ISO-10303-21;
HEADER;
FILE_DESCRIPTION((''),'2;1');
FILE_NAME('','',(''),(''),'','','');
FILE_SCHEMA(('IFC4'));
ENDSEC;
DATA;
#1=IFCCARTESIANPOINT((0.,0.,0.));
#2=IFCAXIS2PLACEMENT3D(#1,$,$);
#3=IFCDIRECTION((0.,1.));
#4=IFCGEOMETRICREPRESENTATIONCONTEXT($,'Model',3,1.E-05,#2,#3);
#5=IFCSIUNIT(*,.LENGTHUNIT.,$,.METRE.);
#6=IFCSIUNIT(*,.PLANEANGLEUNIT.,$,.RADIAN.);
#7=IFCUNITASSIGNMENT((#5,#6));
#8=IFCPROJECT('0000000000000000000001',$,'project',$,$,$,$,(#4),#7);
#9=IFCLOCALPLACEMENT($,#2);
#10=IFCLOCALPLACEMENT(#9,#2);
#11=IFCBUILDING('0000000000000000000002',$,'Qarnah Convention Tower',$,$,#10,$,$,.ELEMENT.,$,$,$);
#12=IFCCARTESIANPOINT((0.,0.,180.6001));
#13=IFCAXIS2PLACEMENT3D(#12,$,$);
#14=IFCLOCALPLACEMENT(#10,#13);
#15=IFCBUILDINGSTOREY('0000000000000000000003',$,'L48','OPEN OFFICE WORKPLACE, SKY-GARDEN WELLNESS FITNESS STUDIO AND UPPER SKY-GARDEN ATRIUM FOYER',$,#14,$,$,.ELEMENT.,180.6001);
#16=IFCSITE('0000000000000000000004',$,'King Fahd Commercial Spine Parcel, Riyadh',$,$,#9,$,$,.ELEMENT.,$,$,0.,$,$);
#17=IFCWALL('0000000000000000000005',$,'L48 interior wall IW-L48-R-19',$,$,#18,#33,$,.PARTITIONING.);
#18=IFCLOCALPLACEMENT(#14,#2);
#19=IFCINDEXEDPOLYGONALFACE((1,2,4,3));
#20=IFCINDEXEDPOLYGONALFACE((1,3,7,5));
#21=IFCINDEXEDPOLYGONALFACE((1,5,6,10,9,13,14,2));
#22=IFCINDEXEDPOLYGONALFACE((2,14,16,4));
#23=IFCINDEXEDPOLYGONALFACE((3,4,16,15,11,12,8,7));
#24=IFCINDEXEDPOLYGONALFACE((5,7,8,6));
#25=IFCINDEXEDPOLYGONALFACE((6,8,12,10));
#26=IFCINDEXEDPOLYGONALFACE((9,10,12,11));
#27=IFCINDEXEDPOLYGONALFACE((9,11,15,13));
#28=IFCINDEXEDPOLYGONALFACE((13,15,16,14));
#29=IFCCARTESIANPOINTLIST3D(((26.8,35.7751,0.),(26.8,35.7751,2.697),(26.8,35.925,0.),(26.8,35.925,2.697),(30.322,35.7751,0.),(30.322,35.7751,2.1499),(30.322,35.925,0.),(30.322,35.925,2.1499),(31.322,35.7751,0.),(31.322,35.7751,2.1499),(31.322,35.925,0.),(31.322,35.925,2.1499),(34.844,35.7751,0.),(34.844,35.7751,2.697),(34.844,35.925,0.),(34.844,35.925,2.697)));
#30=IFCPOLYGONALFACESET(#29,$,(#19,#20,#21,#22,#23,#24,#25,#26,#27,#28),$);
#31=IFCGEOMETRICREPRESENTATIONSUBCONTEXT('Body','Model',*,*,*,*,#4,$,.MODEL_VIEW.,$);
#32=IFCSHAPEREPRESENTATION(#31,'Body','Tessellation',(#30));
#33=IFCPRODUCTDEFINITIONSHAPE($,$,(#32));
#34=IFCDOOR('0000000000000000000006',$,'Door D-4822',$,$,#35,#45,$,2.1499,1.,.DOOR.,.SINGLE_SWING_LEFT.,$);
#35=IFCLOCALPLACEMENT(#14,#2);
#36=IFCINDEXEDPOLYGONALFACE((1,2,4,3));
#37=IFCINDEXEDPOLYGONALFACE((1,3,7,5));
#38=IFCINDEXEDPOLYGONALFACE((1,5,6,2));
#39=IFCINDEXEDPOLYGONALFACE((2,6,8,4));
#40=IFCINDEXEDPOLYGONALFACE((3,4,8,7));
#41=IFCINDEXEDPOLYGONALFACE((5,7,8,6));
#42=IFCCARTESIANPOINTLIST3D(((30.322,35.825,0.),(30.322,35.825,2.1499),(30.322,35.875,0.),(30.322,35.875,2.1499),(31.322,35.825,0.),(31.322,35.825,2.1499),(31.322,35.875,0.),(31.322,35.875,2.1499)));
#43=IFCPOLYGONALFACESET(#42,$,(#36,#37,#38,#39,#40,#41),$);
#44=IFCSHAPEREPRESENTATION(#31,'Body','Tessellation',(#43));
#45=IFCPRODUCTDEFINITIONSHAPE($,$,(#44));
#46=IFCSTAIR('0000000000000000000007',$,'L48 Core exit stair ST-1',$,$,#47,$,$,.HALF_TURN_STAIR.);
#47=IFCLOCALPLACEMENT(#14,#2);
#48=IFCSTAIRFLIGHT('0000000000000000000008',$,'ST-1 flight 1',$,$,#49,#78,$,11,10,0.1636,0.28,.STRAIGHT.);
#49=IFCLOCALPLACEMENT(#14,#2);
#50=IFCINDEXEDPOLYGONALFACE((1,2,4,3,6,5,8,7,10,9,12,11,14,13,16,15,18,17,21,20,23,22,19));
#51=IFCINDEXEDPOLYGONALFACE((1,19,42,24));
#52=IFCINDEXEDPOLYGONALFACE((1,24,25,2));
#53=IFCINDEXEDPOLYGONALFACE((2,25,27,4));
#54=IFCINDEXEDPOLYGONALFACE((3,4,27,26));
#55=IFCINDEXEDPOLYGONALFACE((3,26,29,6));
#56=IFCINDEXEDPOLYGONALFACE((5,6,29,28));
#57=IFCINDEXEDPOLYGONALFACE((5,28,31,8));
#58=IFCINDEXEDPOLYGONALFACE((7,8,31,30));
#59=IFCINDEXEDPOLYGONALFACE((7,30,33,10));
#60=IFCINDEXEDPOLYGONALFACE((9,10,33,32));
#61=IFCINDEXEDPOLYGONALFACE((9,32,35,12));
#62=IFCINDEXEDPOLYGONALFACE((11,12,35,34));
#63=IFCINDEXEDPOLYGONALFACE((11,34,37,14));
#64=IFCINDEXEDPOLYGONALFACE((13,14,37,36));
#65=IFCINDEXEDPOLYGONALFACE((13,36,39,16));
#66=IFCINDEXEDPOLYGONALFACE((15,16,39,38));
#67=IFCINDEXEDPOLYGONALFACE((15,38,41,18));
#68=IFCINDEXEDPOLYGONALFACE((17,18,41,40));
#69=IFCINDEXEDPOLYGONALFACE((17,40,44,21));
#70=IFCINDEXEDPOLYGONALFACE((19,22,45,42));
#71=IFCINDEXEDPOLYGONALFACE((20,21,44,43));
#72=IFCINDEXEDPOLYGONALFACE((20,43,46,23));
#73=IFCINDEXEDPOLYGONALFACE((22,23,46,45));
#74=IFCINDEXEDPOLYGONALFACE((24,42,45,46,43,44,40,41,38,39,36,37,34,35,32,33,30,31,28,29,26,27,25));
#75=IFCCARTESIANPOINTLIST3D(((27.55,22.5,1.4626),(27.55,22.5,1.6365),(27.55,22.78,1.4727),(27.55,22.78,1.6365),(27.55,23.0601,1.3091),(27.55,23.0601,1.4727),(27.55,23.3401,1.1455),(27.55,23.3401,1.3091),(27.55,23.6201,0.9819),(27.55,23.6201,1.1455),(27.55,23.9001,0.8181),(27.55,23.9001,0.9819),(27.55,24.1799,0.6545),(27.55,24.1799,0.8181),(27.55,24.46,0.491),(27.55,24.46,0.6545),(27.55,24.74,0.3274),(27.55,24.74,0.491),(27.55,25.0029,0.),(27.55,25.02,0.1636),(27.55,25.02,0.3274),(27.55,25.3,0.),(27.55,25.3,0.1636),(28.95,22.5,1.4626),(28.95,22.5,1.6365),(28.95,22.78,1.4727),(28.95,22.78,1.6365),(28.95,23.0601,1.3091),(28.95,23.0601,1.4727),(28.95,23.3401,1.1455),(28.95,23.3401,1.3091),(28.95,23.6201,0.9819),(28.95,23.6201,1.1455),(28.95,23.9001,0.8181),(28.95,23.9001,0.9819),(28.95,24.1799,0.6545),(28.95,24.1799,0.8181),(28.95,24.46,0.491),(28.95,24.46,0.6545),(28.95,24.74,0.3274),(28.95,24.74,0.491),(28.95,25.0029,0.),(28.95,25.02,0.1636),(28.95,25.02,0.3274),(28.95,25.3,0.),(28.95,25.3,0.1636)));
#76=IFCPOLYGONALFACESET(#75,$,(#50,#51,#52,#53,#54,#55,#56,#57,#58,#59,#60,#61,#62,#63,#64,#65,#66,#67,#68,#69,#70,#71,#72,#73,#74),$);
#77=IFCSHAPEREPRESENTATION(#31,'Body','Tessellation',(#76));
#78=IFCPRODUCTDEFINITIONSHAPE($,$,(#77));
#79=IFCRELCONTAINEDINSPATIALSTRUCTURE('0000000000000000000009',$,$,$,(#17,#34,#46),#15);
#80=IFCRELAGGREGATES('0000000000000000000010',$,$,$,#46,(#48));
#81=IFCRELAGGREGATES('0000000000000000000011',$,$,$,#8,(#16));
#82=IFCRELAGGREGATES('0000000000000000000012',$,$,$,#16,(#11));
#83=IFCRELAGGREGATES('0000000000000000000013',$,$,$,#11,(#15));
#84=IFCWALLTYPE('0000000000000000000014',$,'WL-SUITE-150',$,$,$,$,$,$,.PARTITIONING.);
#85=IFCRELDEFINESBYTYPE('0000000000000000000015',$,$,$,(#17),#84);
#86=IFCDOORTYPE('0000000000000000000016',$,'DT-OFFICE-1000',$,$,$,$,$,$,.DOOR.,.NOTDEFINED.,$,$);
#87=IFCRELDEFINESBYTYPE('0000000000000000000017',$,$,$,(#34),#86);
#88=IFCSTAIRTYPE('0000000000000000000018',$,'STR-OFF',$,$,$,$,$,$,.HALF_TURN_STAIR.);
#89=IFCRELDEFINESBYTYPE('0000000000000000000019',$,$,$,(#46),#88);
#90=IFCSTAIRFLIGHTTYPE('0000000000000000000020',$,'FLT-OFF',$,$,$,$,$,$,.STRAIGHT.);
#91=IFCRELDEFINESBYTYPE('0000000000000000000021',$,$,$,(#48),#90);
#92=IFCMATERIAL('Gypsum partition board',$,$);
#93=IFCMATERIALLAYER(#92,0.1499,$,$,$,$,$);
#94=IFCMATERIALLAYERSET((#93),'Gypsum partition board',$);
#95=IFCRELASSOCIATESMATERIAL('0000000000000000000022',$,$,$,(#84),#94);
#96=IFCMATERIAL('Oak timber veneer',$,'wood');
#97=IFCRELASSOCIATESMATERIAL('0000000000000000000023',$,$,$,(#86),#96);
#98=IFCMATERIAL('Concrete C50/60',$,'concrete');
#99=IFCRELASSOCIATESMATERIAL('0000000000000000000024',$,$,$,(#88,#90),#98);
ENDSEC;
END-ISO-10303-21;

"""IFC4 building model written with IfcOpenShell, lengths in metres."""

from ifc_helpers import new_model, si_unit, direction, frame, frame_2d, origin, place, context, subcontext, project, spatial, polyline, rectangle, outline, extrude, material, layer, layer_set, type_object, element, fill, aggregate, save


model = new_model("IFC4")

# Units and contexts
model_context = context("Model", 3, precision=1e-05, world=origin(), true_north=direction((0.0, 1.0)))
body_context = subcontext(model_context, "Body", "Model", "MODEL_VIEW")
ifc_project = project(units=[si_unit("LENGTHUNIT", "METRE"), si_unit("PLANEANGLEUNIT", "RADIAN")], contexts=[model_context])

# Site, building, storey
site_placement = place(None, origin())
site = spatial("IfcSite", under=ifc_project, at=site_placement, Name="King Fahd Commercial Spine Parcel, Riyadh", CompositionType="ELEMENT", RefElevation=0.0)
building_placement = place(site_placement, origin())
building = spatial("IfcBuilding", under=site, at=building_placement, Name="Qarnah Convention Tower", CompositionType="ELEMENT")
storey_placement = place(building_placement, frame((0.0, 0.0, 180.6001)))
storey = spatial("IfcBuildingStorey", under=building, at=storey_placement, Name="L48", Description="OPEN OFFICE WORKPLACE, SKY-GARDEN WELLNESS FITNESS STUDIO AND UPPER SKY-GARDEN ATRIUM FOYER", CompositionType="ELEMENT", Elevation=180.6001)

# Shared definitions
ifc_material_1 = material(Name="Concrete C50/60", Category="concrete")

# Shared definitions
ifc_material_2 = material(Name="Gypsum partition board")
ifc_layer_1 = layer(ifc_material_2, 0.1499)
ifc_layer_set_1 = layer_set([ifc_layer_1], Name="Gypsum partition board")
wall_type_1 = type_object("IfcWallType", Name="WL-SUITE-150", PredefinedType="PARTITIONING", material=ifc_layer_set_1)
ifc_material_3 = material(Name="Oak timber veneer", Category="wood")
door_type_1 = type_object("IfcDoorType", Name="DT-OFFICE-1000", OperationType="NOTDEFINED", PredefinedType="DOOR", material=ifc_material_3)

# Wall, opening, door
wall_1_placement = place(storey_placement, frame((26.8, 35.8501, 0.0), z_axis=(0.0, 0.0, 1.0), x_axis=(1.0, 0.0, 0.0)))
wall_1 = element("IfcWall", 1, at=wall_1_placement, inside=storey, type_object=wall_type_1, Name="L48 interior wall IW-L48-R-19", PredefinedType="PARTITIONING", context=body_context, shape_type="SweptSolid", body=[
    extrude(rectangle(XDim=8.0439, YDim=0.1499, at=frame_2d((4.022, 0.0))), origin(), (0.0, 0.0, 1.0), 2.697),
])
opening_1_placement = place(wall_1_placement, frame((3.522, 0.0, 0.0)))
opening_1 = element("IfcOpeningElement", 2, at=opening_1_placement, cuts=wall_1, PredefinedType="OPENING", context=body_context, shape_type="SweptSolid", body=[
    extrude(rectangle(XDim=1.0, YDim=2.1499, at=frame_2d((0.5, 1.075))), frame((0.0, 0.085, 0.0), z_axis=(0.0, -1.0, 0.0), x_axis=(1.0, 0.0, 0.0)), (0.0, 0.0, 1.0), 0.1699),
])
door_1_placement = place(opening_1_placement, origin())
door_1 = element("IfcDoor", 3, at=door_1_placement, inside=storey, type_object=door_type_1, Name="Door D-4822", OperationType="SINGLE_SWING_LEFT", OverallHeight=2.1499, OverallWidth=1.0, PredefinedType="DOOR", context=body_context, shape_type="SweptSolid", body=[
    extrude(rectangle(XDim=1.0, YDim=2.1499, at=frame_2d((0.5, 1.075))), frame((0.0, 0.0249, 0.0), z_axis=(0.0, -1.0, 0.0), x_axis=(1.0, 0.0, 0.0)), (0.0, 0.0, 1.0), 0.05),
])
fill(opening_1, door_1)

# Stair, stair flight
stair_type = type_object("IfcStairType", Name="STR-OFF", PredefinedType="HALF_TURN_STAIR", material=ifc_material_1)
stair_placement = place(storey_placement, origin())
stair = element("IfcStair", 4, at=stair_placement, inside=storey, type_object=stair_type, Name="L48 Core exit stair ST-1", PredefinedType="HALF_TURN_STAIR")
stair_flight_type = type_object("IfcStairFlightType", Name="FLT-OFF", PredefinedType="STRAIGHT", material=ifc_material_1)
stair_flight_placement = place(storey_placement, frame((28.25, 25.3, 0.0), z_axis=(0.0, 0.0, 1.0), x_axis=(0.0, -1.0, 0.0)))
stair_flight = element("IfcStairFlight", 5, at=stair_flight_placement, type_object=stair_flight_type, Name="ST-1 flight 1", NumberOfRisers=11, NumberOfTreads=10, PredefinedType="STRAIGHT", RiserHeight=0.1636, TreadLength=0.28, context=body_context, shape_type="SweptSolid", body=[
    extrude(outline(polyline([(0.0, 0.0), (0.0, 0.1636), (0.28, 0.1636), (0.28, 0.3274), (0.5601, 0.3274), (0.5601, 0.491), (0.8401, 0.491), (0.8401, 0.6545), (1.1201, 0.6545), (1.1201, 0.8181), (1.3999, 0.8181), (1.3999, 0.9819), (1.6799, 0.9819), (1.6799, 1.1455), (1.96, 1.1455), (1.96, 1.3091), (2.24, 1.3091), (2.24, 1.4727), (2.52, 1.4727), (2.52, 1.6365), (2.8, 1.6365), (2.8, 1.8), (2.8, 1.4626), (0.2971, 0.0), (0.0, 0.0)])), frame((0.0, 0.7, 0.0), z_axis=(0.0, -1.0, 0.0), x_axis=(1.0, 0.0, 0.0)), (0.0, 0.0, 1.0), 1.3999),
])
aggregate(stair, [stair_flight])

save(model, "model.ifc")
